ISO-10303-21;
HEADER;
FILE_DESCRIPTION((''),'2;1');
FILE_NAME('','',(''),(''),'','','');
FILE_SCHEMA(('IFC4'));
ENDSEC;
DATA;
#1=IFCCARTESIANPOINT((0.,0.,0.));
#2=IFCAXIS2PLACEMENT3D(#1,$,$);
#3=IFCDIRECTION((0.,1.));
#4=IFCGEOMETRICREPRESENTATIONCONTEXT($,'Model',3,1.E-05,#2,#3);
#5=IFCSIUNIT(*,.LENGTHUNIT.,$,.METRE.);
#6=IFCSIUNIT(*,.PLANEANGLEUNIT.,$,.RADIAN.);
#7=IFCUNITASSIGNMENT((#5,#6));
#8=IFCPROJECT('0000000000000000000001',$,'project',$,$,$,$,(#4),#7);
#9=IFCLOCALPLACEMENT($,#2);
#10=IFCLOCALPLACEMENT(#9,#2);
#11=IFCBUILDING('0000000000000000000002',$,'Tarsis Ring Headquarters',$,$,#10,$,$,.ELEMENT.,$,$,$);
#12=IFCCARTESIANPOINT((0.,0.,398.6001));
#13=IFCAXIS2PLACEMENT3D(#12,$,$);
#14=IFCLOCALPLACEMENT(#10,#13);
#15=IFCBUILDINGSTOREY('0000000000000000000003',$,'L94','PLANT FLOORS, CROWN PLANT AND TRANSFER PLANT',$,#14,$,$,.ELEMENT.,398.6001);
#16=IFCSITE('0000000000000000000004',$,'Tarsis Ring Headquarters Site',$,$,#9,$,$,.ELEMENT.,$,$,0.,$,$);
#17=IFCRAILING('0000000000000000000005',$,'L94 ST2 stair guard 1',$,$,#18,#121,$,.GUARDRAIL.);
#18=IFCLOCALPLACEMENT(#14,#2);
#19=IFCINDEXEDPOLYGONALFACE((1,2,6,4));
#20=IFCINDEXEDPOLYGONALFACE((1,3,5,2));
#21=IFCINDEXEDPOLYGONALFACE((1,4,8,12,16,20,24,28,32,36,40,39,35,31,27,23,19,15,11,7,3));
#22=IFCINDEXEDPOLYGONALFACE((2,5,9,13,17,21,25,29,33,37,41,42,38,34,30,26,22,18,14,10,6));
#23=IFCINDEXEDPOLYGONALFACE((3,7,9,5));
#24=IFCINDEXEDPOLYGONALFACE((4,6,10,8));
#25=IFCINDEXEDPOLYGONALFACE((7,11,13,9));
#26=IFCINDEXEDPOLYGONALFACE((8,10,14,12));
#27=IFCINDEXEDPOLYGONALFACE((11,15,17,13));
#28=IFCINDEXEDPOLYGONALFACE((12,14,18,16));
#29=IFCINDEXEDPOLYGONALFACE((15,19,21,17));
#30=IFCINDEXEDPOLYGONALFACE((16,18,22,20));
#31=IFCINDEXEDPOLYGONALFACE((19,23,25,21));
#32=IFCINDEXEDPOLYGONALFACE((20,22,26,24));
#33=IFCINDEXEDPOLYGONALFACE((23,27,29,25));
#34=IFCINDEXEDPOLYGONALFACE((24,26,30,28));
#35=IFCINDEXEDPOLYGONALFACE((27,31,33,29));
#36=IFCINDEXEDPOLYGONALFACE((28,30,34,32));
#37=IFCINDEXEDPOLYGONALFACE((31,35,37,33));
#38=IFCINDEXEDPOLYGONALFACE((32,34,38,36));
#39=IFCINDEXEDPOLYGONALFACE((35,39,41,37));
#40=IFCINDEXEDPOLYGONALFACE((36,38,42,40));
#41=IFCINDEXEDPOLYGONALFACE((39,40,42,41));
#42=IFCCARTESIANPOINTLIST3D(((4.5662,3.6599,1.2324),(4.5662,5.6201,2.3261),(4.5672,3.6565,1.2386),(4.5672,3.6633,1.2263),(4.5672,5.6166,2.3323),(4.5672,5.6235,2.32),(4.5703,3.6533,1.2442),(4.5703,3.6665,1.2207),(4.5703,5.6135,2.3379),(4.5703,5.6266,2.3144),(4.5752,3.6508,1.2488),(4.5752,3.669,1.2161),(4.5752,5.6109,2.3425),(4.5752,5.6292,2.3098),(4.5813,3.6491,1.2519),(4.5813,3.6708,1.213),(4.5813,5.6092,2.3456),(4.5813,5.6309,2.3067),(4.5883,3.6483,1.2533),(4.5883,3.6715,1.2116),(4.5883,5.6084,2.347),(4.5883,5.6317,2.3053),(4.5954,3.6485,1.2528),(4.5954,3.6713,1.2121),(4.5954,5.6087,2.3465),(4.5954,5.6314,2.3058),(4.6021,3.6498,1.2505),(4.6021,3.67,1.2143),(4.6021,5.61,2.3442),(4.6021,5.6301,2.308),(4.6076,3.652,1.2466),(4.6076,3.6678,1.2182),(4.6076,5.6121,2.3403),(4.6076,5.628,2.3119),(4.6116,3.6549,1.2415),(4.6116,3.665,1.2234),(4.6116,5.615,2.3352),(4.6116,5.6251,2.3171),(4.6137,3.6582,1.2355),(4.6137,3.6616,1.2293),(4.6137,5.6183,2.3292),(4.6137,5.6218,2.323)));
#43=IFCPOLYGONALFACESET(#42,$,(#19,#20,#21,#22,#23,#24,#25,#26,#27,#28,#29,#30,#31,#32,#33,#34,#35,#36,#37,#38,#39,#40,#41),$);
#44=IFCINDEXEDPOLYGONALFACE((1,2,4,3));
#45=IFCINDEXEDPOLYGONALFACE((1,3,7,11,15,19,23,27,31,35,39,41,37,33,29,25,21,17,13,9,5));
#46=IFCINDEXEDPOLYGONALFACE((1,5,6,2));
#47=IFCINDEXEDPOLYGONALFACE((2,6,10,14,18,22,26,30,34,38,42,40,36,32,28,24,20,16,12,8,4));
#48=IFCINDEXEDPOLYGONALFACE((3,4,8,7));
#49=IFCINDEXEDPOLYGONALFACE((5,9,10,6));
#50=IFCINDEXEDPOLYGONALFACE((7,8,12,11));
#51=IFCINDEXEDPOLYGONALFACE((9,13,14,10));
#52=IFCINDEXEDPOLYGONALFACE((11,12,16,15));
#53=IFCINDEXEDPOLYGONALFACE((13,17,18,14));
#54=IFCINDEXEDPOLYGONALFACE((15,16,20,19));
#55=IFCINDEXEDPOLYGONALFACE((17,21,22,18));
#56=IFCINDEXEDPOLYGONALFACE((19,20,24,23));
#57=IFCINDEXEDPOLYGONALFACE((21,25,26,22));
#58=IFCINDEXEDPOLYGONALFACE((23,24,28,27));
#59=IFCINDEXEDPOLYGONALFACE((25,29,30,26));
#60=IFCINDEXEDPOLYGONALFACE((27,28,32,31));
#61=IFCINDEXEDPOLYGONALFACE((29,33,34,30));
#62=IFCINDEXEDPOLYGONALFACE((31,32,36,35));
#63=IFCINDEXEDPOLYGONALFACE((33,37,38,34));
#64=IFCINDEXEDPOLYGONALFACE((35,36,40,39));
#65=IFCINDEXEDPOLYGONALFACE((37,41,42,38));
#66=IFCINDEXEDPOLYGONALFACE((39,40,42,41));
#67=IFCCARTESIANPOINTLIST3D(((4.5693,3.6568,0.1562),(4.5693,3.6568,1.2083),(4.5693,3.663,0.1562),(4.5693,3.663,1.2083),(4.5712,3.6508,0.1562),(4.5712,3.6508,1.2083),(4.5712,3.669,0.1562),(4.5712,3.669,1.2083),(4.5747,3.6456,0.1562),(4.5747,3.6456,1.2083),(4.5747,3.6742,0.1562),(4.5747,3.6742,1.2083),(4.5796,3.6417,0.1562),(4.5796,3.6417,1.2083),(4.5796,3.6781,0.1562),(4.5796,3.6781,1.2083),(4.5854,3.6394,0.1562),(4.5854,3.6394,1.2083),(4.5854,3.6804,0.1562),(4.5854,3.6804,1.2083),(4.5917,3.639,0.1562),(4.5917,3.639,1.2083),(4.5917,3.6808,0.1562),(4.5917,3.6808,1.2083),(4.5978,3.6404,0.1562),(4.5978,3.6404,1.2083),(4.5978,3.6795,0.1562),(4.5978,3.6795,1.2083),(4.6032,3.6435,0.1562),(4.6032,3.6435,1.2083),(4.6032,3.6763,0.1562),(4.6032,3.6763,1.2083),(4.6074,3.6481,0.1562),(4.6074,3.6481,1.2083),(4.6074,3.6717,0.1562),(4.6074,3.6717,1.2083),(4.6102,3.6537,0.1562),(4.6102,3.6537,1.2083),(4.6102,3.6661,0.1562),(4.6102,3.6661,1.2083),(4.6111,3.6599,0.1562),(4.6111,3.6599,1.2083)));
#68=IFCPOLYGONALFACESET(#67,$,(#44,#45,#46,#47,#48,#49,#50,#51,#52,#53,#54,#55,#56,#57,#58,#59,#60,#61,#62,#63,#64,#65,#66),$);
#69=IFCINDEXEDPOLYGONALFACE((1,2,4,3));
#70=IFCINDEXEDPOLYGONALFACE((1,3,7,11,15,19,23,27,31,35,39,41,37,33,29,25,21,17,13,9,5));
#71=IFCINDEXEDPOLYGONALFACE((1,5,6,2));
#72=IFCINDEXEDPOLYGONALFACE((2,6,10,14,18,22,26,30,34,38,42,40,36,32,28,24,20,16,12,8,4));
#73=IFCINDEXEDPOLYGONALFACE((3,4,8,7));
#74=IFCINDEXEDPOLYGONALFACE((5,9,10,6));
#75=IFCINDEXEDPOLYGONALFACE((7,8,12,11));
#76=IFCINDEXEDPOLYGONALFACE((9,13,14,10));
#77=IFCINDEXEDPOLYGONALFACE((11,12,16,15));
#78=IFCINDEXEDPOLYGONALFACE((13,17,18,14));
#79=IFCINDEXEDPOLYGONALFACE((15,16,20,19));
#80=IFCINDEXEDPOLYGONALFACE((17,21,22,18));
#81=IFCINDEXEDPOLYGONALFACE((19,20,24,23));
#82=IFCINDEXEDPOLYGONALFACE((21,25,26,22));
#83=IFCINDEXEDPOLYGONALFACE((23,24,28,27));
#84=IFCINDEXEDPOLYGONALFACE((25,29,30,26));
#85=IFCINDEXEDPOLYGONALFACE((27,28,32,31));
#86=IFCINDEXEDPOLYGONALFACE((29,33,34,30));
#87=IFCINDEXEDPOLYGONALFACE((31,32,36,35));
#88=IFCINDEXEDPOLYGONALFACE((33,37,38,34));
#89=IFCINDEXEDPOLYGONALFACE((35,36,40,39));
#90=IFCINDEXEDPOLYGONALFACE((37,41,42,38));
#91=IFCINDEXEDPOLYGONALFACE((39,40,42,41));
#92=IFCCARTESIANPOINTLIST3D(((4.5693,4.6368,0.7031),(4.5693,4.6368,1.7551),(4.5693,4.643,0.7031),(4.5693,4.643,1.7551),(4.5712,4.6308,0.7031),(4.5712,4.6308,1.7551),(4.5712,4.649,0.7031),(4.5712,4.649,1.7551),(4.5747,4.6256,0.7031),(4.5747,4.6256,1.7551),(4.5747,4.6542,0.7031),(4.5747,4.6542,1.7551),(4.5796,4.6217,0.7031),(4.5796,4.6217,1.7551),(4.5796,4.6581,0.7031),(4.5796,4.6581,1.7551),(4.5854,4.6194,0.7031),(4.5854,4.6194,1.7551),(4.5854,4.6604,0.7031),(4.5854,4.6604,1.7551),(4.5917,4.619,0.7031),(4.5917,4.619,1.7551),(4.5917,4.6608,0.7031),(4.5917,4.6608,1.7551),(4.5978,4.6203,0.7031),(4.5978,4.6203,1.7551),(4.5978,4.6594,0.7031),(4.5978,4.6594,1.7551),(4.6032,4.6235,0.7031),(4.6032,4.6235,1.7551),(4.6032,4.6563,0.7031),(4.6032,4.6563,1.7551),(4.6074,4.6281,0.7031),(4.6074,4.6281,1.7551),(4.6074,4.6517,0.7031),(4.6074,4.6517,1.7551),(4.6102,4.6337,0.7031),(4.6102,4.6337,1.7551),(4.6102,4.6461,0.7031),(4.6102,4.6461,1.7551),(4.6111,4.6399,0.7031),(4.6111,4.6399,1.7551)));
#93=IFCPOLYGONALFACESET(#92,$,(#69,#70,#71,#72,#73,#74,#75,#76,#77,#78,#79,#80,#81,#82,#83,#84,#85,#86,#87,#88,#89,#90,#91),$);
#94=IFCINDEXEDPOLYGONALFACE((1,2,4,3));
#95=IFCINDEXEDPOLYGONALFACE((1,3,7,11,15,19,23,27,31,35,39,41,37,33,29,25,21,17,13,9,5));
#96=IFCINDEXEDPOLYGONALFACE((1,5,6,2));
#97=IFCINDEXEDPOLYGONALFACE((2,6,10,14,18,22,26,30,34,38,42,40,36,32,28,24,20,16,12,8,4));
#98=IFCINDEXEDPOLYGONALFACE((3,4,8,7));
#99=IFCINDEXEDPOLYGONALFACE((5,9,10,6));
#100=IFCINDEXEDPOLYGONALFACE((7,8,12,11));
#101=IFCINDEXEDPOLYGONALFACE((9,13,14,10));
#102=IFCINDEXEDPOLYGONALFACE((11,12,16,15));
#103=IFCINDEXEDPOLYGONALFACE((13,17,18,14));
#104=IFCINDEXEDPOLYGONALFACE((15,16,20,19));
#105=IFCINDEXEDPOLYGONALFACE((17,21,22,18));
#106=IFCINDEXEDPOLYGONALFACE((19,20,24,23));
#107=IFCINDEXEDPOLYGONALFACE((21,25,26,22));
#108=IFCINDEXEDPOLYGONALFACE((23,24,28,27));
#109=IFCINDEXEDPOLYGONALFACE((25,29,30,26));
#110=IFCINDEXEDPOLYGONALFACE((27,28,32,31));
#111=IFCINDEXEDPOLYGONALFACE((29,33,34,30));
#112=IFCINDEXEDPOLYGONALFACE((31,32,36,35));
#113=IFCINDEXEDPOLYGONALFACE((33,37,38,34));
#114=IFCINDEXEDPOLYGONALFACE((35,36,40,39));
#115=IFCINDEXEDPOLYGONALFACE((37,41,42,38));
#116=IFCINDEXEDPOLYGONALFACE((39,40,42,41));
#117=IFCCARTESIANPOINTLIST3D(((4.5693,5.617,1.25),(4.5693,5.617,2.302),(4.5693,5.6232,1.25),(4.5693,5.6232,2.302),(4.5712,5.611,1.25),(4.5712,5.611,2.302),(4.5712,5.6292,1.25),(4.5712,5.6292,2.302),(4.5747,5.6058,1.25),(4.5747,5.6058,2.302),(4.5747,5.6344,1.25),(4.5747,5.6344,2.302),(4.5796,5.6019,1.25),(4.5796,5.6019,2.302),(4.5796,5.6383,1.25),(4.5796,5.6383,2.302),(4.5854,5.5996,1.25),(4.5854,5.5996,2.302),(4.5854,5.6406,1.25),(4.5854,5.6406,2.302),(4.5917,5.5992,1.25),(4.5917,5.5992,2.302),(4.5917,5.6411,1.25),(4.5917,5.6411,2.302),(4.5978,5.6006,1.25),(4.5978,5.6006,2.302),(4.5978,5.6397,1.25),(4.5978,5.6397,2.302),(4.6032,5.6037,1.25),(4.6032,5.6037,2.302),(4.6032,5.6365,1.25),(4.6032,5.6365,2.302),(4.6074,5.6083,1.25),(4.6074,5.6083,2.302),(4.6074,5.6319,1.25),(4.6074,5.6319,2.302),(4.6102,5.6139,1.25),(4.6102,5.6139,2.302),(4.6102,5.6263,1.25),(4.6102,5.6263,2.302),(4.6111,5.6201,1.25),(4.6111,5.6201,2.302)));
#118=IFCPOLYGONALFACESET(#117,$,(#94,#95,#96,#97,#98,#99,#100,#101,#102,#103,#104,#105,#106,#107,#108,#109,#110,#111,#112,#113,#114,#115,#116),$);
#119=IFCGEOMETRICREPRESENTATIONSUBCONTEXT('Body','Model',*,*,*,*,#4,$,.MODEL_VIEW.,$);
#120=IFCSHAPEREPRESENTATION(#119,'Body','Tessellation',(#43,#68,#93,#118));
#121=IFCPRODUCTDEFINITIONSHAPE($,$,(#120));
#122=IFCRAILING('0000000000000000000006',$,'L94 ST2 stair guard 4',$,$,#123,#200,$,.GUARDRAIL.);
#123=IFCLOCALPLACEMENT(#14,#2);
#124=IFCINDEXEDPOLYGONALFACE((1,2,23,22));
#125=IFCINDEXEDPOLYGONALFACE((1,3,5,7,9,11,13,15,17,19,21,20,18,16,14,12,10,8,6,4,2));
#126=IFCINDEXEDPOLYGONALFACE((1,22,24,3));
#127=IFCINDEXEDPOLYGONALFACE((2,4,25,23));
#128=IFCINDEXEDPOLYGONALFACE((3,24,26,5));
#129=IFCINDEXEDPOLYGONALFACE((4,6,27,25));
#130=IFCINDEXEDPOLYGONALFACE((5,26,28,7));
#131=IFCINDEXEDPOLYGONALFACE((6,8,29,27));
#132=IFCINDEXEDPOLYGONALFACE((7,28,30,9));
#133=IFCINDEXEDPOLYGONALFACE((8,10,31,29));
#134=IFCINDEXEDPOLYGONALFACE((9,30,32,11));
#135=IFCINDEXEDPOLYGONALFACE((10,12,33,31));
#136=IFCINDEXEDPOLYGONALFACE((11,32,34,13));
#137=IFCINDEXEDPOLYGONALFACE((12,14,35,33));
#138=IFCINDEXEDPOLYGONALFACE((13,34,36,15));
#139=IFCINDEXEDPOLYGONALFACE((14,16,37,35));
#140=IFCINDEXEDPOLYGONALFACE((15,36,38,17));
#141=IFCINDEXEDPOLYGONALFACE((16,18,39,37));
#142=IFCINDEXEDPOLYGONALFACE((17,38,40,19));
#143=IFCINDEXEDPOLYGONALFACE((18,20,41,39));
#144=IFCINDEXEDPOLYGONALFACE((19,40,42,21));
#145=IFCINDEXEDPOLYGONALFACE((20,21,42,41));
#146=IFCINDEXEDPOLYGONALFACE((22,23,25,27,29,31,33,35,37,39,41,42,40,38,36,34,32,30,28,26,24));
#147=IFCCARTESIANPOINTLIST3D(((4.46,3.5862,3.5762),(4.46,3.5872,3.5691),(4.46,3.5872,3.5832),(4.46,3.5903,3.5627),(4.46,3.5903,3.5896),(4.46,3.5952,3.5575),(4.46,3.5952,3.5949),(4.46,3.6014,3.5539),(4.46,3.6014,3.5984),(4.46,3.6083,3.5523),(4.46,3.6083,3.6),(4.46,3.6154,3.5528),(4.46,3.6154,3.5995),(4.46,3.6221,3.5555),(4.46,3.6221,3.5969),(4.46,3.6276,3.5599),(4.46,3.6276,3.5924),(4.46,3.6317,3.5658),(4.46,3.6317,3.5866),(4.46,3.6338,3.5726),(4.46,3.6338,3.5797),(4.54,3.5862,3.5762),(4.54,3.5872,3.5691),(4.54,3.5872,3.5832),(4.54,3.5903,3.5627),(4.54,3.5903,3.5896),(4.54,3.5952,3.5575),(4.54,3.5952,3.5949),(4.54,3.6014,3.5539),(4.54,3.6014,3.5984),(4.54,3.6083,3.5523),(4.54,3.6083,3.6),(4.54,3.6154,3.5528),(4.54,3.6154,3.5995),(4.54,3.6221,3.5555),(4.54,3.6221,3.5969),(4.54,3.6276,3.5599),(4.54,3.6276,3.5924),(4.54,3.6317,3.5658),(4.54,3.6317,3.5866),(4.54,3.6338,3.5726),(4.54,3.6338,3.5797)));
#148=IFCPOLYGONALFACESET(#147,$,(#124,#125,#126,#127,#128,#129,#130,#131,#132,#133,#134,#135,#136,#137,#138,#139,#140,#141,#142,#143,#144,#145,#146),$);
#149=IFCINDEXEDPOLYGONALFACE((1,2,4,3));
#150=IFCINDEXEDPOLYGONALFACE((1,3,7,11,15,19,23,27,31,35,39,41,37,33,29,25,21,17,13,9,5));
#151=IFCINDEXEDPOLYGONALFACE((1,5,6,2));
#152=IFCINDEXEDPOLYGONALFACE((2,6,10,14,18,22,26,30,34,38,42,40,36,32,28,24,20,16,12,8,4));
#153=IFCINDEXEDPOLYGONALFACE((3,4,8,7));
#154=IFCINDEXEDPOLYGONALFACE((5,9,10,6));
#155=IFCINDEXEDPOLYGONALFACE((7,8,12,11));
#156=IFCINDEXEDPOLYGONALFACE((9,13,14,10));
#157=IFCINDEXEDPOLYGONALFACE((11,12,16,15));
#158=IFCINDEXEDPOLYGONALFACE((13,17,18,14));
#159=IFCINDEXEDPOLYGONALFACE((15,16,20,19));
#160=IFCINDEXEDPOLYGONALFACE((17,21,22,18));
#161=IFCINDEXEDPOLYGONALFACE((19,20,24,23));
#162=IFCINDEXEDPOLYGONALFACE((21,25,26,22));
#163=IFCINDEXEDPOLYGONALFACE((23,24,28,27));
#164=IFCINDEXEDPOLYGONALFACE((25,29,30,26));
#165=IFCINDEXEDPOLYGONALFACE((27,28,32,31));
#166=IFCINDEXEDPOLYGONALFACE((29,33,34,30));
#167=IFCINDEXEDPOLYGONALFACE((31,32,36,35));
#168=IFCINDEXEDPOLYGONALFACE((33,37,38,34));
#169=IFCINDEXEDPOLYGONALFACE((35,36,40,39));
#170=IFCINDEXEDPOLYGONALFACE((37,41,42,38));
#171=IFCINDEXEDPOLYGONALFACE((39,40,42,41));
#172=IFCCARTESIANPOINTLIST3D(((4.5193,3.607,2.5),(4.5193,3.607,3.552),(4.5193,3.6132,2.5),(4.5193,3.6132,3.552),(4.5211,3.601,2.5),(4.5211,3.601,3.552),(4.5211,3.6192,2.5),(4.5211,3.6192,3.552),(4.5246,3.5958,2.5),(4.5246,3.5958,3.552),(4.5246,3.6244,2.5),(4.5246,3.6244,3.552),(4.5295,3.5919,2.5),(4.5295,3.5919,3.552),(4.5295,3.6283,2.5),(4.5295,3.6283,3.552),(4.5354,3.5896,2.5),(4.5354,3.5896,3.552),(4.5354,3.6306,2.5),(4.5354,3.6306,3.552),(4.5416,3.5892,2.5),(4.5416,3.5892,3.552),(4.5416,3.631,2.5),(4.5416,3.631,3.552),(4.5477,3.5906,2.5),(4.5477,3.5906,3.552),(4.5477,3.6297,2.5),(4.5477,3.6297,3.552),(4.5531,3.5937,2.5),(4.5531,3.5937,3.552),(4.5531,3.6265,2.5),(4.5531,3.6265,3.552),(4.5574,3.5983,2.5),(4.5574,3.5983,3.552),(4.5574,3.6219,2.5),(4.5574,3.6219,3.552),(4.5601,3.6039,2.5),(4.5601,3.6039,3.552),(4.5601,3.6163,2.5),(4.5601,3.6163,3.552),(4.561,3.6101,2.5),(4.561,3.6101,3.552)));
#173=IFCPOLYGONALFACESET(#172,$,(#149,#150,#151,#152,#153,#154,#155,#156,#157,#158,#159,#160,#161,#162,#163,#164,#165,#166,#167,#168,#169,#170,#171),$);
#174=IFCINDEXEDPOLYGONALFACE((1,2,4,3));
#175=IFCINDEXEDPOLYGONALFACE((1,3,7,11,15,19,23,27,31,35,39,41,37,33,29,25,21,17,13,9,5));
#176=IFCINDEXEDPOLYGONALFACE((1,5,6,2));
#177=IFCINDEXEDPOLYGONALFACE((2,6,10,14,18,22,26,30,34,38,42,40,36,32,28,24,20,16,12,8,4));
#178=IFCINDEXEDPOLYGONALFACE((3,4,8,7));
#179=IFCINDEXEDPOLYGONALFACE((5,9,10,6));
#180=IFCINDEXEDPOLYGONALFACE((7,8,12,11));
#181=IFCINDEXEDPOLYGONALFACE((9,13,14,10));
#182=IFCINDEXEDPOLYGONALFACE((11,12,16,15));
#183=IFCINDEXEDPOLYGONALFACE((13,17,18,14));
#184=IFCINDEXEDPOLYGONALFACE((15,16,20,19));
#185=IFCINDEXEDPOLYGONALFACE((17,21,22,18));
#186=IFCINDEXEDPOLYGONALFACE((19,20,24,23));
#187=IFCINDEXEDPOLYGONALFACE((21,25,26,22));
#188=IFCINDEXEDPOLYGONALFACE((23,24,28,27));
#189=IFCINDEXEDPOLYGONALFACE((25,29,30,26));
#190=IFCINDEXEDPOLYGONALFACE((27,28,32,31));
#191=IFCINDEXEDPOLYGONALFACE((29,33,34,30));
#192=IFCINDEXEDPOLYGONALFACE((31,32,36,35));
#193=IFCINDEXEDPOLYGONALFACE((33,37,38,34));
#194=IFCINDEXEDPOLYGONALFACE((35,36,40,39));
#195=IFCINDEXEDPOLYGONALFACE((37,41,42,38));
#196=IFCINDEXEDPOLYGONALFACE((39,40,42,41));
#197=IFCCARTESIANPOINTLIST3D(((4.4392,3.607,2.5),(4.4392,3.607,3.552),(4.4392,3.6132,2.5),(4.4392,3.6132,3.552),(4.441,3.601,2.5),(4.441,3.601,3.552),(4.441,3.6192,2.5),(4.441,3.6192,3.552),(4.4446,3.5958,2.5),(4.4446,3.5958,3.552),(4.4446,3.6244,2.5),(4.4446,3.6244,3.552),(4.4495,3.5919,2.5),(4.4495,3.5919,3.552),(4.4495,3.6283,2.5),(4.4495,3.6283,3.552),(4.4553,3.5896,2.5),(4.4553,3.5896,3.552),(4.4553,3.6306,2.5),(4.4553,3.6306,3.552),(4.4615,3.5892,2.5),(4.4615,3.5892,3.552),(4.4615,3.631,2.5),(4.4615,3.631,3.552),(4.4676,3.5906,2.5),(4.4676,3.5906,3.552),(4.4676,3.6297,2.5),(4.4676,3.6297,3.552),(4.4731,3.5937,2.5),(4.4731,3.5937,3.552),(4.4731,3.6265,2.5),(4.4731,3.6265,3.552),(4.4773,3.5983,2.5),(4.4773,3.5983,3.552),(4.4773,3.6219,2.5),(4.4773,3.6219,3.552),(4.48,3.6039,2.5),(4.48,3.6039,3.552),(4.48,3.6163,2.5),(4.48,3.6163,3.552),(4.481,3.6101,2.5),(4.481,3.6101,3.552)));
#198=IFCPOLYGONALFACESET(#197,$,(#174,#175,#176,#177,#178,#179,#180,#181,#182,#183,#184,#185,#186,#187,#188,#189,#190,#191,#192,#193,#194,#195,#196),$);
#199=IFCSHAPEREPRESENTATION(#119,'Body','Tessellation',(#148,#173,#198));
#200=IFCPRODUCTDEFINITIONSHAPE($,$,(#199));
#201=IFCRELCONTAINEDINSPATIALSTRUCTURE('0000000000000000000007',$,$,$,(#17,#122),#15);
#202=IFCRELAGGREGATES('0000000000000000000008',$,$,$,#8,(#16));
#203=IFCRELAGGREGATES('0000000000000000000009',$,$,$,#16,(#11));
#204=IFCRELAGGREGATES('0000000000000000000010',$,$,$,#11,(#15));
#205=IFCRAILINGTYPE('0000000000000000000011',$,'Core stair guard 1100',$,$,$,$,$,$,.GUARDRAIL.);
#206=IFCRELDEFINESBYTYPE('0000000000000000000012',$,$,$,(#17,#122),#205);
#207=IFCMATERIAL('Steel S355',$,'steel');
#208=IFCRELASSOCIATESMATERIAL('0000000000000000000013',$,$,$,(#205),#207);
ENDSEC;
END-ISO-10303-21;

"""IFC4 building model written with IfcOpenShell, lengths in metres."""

from ifc_helpers import new_model, si_unit, direction, frame, origin, origin_2d, place, context, subcontext, project, spatial, circle, extrude, material, type_object, element, save


model = new_model("IFC4")

# Units and contexts
model_context = context("Model", 3, precision=1e-05, world=origin(), true_north=direction((0.0, 1.0)))
body_context = subcontext(model_context, "Body", "Model", "MODEL_VIEW")
ifc_project = project(units=[si_unit("LENGTHUNIT", "METRE"), si_unit("PLANEANGLEUNIT", "RADIAN")], contexts=[model_context])

# Site, building, storey
site_placement = place(None, origin())
site = spatial("IfcSite", under=ifc_project, at=site_placement, Name="Tarsis Ring Headquarters Site", CompositionType="ELEMENT", RefElevation=0.0)
building_placement = place(site_placement, origin())
building = spatial("IfcBuilding", under=site, at=building_placement, Name="Tarsis Ring Headquarters", CompositionType="ELEMENT")
storey_placement = place(building_placement, frame((0.0, 0.0, 398.6001)))
storey = spatial("IfcBuildingStorey", under=building, at=storey_placement, Name="L94", Description="PLANT FLOORS, CROWN PLANT AND TRANSFER PLANT", CompositionType="ELEMENT", Elevation=398.6001)

# Railings
ifc_material_1 = material(Name="Steel S355", Category="steel")
railing_type_1 = type_object("IfcRailingType", Name="Core stair guard 1100", PredefinedType="GUARDRAIL", material=ifc_material_1)
railing_1_placement = place(storey_placement, frame((4.5901, 3.6599, 0.1562)))
element("IfcRailing", 1, at=railing_1_placement, inside=storey, type_object=railing_type_1, Name="L94 ST2 stair guard 1", PredefinedType="GUARDRAIL", context=body_context, shape_type="SweptSolid", body=[
    extrude(circle(Radius=0.0239, at=origin_2d()), frame((0.0, 0.0, 1.0762), z_axis=(0.0, 0.873258, 0.487258), x_axis=(-1.0, 0.0, 0.0)), (0.0, 0.0, 1.0), 2.2446),
    extrude(circle(Radius=0.021, at=origin_2d()), origin(), (0.0, 0.0, 1.0), 1.052),
    extrude(circle(Radius=0.021, at=origin_2d()), frame((0.0, 0.98, 0.5469)), (0.0, 0.0, 1.0), 1.052),
    extrude(circle(Radius=0.021, at=origin_2d()), frame((0.0, 1.9602, 1.0938)), (0.0, 0.0, 1.0), 1.052),
])
railing_2_placement = place(storey_placement, frame((4.54, 3.6101, 2.5)))
element("IfcRailing", 2, at=railing_2_placement, inside=storey, type_object=railing_type_1, Name="L94 ST2 stair guard 4", PredefinedType="GUARDRAIL", context=body_context, shape_type="SweptSolid", body=[
    extrude(circle(Radius=0.0239, at=origin_2d()), frame((0.0, 0.0, 1.0762), z_axis=(-1.0, 0.0, 0.0), x_axis=(0.0, -1.0, 0.0)), (0.0, 0.0, 1.0), 0.0801),
    extrude(circle(Radius=0.021, at=origin_2d()), origin(), (0.0, 0.0, 1.0), 1.052),
    extrude(circle(Radius=0.021, at=origin_2d()), frame((-0.0801, 0.0, 0.0)), (0.0, 0.0, 1.0), 1.052),
])

save(model, "model.ifc")
